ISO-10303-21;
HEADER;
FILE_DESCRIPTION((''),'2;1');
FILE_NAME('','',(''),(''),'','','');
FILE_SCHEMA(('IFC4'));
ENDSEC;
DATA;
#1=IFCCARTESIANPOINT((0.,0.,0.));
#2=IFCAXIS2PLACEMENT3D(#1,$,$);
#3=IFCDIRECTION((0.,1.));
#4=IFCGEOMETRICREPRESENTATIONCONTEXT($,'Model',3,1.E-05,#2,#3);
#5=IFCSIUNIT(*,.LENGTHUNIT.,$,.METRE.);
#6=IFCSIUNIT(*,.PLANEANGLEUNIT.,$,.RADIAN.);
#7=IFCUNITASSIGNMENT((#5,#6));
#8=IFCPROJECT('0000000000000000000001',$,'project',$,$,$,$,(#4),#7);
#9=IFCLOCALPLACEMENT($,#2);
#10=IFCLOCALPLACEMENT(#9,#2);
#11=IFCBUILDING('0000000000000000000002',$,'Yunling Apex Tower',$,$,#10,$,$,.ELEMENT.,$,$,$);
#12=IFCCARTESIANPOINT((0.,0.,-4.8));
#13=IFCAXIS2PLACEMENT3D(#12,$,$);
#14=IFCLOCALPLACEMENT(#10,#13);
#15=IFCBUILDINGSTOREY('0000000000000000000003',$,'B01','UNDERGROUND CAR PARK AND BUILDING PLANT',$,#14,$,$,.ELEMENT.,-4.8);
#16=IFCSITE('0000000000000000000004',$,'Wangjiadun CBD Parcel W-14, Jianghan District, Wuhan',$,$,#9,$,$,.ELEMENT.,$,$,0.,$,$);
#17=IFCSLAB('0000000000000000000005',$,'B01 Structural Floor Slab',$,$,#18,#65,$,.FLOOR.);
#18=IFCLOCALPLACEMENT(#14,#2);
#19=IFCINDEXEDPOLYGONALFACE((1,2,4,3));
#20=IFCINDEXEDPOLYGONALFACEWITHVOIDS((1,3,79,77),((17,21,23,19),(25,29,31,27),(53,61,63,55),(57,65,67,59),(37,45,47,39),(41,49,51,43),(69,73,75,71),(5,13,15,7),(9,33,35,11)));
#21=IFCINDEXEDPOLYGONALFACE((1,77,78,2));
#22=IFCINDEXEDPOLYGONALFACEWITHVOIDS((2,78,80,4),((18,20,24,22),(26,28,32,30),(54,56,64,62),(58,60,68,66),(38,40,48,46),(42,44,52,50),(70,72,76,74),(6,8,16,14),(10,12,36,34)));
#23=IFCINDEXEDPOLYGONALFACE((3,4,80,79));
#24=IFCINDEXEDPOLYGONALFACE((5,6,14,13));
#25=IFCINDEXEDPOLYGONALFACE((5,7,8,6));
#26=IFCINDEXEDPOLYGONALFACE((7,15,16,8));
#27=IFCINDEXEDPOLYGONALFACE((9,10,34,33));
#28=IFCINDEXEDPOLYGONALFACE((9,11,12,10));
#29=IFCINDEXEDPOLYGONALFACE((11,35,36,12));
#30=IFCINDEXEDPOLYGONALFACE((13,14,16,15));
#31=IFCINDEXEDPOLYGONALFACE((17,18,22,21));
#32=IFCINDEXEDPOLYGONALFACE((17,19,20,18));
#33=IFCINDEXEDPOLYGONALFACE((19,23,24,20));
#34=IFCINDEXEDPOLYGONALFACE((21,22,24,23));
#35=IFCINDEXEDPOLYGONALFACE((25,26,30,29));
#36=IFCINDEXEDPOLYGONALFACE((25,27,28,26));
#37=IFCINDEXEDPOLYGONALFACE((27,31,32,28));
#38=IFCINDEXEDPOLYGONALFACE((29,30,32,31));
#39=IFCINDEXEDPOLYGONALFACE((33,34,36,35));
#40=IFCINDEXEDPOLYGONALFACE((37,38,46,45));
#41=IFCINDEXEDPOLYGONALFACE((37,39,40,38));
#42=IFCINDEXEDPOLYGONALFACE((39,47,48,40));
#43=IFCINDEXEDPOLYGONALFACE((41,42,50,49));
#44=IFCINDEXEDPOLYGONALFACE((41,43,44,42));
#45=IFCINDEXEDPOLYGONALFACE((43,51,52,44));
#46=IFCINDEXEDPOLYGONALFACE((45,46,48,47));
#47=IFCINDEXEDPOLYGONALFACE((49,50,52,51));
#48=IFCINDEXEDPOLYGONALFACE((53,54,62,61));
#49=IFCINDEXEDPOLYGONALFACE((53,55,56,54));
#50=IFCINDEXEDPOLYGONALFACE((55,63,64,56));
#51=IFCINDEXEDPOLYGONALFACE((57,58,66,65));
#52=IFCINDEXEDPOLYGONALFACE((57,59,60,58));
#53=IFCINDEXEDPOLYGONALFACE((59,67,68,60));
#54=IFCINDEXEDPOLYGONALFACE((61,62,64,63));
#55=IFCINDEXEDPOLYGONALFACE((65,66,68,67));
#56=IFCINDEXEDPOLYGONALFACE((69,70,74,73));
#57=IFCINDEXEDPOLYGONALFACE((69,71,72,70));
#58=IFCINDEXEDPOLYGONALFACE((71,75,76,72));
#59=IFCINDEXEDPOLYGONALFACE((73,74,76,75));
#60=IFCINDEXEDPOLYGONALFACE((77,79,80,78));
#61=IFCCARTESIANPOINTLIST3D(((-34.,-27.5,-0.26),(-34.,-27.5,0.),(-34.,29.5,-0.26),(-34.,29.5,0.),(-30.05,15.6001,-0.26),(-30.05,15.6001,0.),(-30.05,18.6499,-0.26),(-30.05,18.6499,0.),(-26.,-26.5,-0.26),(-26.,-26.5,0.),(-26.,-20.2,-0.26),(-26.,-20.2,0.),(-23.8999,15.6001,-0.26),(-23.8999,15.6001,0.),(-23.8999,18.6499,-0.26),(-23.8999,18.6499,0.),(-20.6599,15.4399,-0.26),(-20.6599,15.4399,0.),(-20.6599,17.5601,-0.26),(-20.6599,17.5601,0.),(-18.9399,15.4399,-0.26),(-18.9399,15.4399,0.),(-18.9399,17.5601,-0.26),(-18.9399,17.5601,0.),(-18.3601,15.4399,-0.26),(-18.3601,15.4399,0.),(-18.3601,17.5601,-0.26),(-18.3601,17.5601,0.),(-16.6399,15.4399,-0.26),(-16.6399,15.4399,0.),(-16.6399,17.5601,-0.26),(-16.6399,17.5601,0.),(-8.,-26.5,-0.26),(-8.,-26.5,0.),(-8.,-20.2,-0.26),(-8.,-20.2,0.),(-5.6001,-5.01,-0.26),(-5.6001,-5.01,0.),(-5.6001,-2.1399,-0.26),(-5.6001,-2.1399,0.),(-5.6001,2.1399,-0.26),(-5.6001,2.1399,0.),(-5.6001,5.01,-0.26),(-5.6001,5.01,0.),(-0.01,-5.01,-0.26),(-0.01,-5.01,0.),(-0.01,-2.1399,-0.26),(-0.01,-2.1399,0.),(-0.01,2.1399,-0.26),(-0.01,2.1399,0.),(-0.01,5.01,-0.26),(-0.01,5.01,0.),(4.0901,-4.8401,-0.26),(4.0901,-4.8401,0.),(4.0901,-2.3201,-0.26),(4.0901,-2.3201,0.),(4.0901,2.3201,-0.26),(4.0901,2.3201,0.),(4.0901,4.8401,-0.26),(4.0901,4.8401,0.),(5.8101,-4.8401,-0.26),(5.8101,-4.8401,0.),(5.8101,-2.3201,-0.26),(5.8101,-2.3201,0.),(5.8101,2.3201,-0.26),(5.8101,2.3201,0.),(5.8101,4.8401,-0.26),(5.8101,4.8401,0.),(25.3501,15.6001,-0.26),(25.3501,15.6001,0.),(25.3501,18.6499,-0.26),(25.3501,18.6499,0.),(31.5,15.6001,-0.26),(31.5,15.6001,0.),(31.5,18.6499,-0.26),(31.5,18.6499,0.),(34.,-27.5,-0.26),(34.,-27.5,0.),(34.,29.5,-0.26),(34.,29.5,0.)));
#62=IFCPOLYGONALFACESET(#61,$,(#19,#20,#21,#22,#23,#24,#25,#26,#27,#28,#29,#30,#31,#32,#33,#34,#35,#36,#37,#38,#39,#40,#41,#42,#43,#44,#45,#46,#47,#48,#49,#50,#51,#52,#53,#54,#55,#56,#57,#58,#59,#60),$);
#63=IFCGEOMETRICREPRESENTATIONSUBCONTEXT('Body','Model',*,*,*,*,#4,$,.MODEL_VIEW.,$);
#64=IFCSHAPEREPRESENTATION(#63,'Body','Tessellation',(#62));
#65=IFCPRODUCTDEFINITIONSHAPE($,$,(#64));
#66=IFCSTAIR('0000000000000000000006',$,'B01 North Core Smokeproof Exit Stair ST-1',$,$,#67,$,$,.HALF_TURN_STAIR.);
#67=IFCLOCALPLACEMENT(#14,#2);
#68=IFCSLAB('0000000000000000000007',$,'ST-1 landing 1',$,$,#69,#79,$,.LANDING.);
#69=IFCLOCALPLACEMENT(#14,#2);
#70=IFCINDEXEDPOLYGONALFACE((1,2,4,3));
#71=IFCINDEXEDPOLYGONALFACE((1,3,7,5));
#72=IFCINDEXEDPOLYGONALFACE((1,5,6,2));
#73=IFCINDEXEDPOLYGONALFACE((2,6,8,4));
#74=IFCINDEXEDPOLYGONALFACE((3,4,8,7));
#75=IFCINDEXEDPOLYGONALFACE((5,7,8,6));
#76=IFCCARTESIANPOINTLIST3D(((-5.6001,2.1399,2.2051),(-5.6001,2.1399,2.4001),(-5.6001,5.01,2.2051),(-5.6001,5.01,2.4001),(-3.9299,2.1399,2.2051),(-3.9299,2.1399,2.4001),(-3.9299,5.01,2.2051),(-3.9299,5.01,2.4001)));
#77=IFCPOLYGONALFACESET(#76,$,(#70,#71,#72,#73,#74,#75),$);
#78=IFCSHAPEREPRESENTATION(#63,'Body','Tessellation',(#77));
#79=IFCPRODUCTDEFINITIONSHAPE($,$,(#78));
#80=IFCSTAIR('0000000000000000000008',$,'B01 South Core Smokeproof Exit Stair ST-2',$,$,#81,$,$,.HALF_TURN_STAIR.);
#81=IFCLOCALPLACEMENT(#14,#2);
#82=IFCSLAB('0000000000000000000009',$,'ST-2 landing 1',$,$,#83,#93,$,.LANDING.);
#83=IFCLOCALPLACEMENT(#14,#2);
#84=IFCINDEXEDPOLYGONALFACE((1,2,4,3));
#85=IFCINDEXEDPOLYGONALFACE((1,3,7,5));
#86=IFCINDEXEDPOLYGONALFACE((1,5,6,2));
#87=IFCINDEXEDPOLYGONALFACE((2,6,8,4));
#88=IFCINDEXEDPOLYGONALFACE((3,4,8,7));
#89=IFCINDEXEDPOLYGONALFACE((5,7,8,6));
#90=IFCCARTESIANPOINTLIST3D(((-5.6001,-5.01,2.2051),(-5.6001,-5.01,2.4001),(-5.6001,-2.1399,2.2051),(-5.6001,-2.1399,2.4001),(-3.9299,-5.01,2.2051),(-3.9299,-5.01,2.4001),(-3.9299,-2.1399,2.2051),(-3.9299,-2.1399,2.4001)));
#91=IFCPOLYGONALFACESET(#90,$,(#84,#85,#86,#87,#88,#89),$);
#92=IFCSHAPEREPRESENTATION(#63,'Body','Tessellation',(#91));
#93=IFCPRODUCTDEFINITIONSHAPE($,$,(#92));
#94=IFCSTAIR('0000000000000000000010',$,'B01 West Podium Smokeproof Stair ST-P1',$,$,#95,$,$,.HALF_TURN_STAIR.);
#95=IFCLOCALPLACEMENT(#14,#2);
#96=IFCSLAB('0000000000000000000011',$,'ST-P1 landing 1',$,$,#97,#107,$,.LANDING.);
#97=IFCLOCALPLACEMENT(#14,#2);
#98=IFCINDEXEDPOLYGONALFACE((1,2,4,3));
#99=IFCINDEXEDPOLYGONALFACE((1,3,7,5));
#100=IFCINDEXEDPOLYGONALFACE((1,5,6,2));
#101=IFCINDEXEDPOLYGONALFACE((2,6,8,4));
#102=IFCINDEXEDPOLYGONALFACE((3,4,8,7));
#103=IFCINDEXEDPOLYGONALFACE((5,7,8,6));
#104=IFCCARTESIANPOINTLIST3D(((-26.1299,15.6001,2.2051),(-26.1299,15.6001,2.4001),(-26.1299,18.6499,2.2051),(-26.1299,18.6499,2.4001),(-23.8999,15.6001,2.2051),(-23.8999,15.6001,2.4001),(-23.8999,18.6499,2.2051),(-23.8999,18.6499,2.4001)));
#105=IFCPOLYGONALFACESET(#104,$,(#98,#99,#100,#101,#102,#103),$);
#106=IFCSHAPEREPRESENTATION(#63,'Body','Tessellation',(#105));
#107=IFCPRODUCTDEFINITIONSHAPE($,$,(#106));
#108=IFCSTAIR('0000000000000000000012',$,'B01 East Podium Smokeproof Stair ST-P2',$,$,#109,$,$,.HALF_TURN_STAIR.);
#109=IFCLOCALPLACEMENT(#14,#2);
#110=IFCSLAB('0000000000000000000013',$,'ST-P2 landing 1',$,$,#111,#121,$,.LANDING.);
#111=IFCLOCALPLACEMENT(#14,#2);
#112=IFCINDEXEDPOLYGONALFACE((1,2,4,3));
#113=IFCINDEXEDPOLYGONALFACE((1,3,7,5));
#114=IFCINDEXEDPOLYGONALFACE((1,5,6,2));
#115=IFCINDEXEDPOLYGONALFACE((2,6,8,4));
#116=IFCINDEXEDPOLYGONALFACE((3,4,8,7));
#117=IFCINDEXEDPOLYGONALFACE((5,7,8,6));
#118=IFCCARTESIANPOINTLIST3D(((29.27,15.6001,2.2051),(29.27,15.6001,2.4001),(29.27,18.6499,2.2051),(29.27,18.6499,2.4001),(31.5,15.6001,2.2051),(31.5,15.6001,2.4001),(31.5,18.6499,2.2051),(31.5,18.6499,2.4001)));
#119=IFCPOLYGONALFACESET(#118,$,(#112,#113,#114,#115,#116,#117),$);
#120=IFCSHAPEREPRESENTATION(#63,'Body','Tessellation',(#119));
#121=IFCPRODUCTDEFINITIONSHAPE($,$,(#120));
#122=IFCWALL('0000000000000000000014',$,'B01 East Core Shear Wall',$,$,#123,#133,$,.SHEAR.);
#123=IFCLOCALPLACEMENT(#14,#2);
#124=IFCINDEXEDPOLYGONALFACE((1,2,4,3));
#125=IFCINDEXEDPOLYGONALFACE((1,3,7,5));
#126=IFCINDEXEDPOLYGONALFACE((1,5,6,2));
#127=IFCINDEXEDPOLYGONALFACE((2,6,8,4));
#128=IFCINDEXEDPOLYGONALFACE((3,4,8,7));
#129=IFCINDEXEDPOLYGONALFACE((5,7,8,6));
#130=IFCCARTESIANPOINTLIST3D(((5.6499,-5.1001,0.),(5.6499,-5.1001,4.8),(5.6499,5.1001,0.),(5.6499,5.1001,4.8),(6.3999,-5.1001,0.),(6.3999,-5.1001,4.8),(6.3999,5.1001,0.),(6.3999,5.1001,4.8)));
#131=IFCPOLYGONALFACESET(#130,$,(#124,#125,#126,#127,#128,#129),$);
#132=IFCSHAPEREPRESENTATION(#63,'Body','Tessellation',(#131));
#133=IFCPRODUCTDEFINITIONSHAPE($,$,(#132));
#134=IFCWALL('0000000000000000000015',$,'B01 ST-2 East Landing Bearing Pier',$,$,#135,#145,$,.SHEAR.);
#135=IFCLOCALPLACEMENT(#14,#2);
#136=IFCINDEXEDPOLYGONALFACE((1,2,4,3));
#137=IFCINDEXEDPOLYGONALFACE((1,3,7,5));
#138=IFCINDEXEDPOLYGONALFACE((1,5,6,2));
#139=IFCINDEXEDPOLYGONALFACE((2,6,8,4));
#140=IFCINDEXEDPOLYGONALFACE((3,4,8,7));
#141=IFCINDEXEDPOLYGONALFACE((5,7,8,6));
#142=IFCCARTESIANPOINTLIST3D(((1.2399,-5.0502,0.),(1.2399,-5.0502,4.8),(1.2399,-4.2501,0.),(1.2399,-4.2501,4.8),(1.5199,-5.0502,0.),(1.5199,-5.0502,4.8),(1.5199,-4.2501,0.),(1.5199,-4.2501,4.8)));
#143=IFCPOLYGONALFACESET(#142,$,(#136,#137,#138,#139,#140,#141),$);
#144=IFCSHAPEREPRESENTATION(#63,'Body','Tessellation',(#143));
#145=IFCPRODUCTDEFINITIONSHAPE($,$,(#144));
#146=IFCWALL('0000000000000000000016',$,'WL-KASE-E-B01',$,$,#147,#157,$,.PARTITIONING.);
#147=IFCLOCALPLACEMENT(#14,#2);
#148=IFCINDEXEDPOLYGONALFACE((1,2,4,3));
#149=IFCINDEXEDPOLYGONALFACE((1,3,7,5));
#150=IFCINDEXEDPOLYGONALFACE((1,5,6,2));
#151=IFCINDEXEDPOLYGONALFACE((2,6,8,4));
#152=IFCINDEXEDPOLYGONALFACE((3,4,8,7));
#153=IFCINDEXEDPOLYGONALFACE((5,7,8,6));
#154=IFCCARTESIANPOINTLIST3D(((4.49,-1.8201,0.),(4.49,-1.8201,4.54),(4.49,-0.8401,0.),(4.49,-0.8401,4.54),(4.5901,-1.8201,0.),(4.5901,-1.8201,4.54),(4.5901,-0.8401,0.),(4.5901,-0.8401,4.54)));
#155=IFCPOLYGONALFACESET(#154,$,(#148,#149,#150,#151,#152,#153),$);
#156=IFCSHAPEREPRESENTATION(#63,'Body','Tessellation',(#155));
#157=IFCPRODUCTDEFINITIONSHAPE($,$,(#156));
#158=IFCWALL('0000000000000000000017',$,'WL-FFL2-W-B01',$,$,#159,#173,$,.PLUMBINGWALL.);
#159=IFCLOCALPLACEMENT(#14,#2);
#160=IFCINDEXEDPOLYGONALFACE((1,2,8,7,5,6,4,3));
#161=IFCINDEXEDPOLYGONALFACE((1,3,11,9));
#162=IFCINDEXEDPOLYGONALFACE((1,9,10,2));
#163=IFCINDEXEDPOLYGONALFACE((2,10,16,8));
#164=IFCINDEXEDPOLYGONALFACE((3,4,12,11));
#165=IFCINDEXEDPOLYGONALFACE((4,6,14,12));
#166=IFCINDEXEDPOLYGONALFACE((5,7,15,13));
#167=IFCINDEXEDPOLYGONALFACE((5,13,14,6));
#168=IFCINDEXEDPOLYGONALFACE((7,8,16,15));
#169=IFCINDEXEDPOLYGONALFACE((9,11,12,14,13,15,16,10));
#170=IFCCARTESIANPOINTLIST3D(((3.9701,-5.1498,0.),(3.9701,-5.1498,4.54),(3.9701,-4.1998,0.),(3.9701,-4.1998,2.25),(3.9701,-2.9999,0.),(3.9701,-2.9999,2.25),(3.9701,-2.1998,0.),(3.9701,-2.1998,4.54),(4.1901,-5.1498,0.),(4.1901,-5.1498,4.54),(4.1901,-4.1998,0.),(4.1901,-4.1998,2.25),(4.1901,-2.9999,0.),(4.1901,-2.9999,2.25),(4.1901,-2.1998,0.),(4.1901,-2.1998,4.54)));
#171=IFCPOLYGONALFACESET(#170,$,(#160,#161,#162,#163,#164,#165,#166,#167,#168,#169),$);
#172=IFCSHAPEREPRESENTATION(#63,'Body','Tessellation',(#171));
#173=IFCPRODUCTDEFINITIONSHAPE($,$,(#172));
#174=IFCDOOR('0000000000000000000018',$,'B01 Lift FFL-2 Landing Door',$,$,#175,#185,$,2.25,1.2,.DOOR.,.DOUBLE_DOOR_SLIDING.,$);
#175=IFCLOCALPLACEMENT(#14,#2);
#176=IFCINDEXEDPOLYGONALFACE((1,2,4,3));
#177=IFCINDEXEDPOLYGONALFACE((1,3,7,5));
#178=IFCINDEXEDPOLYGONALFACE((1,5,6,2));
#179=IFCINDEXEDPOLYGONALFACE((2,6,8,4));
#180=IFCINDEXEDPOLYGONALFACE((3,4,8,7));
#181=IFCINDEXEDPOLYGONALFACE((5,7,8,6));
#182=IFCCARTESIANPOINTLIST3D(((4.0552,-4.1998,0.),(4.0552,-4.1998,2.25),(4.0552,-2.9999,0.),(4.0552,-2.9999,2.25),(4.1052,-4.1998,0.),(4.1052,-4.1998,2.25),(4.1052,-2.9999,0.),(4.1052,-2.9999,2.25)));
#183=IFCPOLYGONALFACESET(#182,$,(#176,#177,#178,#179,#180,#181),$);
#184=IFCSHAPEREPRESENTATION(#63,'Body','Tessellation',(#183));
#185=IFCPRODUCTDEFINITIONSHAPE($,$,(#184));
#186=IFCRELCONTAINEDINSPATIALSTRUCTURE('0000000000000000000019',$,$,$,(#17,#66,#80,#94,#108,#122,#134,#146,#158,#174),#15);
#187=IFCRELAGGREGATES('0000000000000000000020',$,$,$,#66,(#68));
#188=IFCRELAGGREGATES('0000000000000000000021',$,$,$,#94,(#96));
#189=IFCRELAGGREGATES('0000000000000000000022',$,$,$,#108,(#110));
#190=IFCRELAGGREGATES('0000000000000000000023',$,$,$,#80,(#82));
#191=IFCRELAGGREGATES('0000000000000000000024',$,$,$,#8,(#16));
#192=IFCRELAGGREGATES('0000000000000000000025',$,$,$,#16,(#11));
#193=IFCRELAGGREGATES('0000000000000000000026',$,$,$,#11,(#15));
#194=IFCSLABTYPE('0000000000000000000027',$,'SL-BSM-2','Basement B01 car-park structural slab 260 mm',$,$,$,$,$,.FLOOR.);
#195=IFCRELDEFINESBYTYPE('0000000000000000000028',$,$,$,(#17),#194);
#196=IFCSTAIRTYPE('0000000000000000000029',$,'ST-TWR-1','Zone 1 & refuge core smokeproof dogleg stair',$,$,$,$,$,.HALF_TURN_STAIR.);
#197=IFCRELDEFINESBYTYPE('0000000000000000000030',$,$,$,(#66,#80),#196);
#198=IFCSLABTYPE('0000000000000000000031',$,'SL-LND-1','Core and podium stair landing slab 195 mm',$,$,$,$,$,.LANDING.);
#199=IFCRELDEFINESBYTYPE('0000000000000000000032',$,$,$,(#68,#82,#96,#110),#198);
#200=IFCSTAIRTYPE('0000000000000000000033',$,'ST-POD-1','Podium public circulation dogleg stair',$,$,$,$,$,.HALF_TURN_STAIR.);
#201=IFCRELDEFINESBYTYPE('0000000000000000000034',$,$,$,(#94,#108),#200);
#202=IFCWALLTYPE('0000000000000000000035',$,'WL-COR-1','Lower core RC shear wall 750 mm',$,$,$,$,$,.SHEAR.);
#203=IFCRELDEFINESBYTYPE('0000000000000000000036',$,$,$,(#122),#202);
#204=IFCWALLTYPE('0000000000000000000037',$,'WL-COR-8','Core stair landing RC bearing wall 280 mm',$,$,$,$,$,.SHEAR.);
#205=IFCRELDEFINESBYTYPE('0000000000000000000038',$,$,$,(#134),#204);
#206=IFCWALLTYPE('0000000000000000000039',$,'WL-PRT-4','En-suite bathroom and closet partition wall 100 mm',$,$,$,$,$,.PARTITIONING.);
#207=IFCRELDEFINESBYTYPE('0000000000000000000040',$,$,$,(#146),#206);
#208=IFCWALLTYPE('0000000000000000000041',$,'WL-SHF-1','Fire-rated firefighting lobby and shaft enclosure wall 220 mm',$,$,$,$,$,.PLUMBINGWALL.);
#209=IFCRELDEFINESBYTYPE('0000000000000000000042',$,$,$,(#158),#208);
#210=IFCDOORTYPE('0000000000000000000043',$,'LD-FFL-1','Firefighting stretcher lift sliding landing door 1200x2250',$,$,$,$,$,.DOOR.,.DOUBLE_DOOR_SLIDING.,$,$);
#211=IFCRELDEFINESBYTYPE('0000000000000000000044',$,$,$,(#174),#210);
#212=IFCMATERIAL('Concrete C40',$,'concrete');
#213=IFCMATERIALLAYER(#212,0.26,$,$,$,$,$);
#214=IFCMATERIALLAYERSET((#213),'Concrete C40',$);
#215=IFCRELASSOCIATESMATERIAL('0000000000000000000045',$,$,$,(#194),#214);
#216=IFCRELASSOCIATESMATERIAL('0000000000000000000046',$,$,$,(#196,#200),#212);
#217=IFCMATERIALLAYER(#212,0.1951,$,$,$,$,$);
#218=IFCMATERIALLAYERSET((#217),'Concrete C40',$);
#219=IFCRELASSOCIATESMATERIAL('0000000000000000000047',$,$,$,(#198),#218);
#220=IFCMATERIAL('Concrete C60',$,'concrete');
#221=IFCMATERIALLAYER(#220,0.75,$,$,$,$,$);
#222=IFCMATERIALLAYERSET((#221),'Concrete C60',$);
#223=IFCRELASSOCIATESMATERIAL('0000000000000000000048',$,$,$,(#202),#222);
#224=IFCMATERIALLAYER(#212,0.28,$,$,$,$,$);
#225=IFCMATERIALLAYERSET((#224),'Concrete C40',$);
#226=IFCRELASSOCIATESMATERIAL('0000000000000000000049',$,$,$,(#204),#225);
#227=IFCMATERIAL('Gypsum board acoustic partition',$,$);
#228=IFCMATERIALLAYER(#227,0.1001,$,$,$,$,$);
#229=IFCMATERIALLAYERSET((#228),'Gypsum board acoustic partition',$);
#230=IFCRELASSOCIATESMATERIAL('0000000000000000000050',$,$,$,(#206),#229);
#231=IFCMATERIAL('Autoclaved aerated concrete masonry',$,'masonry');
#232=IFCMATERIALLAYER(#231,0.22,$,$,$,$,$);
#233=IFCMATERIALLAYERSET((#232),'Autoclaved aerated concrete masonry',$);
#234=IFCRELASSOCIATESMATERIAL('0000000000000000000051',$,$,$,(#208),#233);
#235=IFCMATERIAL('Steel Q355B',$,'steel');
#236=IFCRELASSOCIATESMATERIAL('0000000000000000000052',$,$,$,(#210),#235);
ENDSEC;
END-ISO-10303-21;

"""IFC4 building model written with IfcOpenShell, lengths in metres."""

from ifc_helpers import new_model, si_unit, direction, frame, frame_2d, origin, place, context, subcontext, project, spatial, polyline, rectangle, outline, extrude, material, layer, layer_set, type_object, element, fill, aggregate, save


model = new_model("IFC4")

# Units and contexts
model_context = context("Model", 3, precision=1e-05, world=origin(), true_north=direction((0.0, 1.0)))
body_context = subcontext(model_context, "Body", "Model", "MODEL_VIEW")
ifc_project = project(units=[si_unit("LENGTHUNIT", "METRE"), si_unit("PLANEANGLEUNIT", "RADIAN")], contexts=[model_context])

# Site, building, storey
site_placement = place(None, origin())
site = spatial("IfcSite", under=ifc_project, at=site_placement, Name="Wangjiadun CBD Parcel W-14, Jianghan District, Wuhan", CompositionType="ELEMENT", RefElevation=0.0)
building_placement = place(site_placement, origin())
building = spatial("IfcBuilding", under=site, at=building_placement, Name="Yunling Apex Tower", CompositionType="ELEMENT")
storey_placement = place(building_placement, frame((0.0, 0.0, -4.8)))
storey = spatial("IfcBuildingStorey", under=building, at=storey_placement, Name="B01", Description="UNDERGROUND CAR PARK AND BUILDING PLANT", CompositionType="ELEMENT", Elevation=-4.8)

# Shared definitions
ifc_material_1 = material(Name="Concrete C60", Category="concrete")

# Shared definitions
ifc_material_2 = material(Name="Steel Q355B", Category="steel")

# Slab
ifc_material_3 = material(Name="Concrete C40", Category="concrete")
ifc_layer_1 = layer(ifc_material_3, 0.26)
ifc_layer_set_1 = layer_set([ifc_layer_1], Name="Concrete C40")
slab_type_1 = type_object("IfcSlabType", Name="SL-BSM-2", Description="Basement B01 car-park structural slab 260 mm", PredefinedType="FLOOR", material=ifc_layer_set_1)
slab_1_placement = place(storey_placement, frame((0.0, 0.0, -0.26)))
element("IfcSlab", 1, at=slab_1_placement, inside=storey, type_object=slab_type_1, Name="B01 Structural Floor Slab", PredefinedType="FLOOR", context=body_context, shape_type="SweptSolid", body=[
    extrude(outline(polyline([(-34.0, -27.5), (34.0, -27.5), (34.0, 29.5), (-34.0, 29.5), (-34.0, -27.5)]), holes=[polyline([(31.5, 18.6499), (31.5, 15.6001), (25.3501, 15.6001), (25.3501, 18.6499), (31.5, 18.6499)]), polyline([(4.0901, -2.3201), (5.8101, -2.3201), (5.8101, -4.8401), (4.0901, -4.8401), (4.0901, -2.3201)]), polyline([(4.0901, 4.8401), (5.8101, 4.8401), (5.8101, 2.3201), (4.0901, 2.3201), (4.0901, 4.8401)]), polyline([(-0.01, -5.01), (-5.6001, -5.01), (-5.6001, -2.1399), (-0.01, -2.1399), (-0.01, -5.01)]), polyline([(-0.01, 2.1399), (-5.6001, 2.1399), (-5.6001, 5.01), (-0.01, 5.01), (-0.01, 2.1399)]), polyline([(-26.0, -20.2), (-8.0, -20.2), (-8.0, -26.5), (-26.0, -26.5), (-26.0, -20.2)]), polyline([(-18.3601, 17.5601), (-16.6399, 17.5601), (-16.6399, 15.4399), (-18.3601, 15.4399), (-18.3601, 17.5601)]), polyline([(-20.6599, 17.5601), (-18.9399, 17.5601), (-18.9399, 15.4399), (-20.6599, 15.4399), (-20.6599, 17.5601)]), polyline([(-23.8999, 18.6499), (-23.8999, 15.6001), (-30.05, 15.6001), (-30.05, 18.6499), (-23.8999, 18.6499)])]), origin(), (0.0, 0.0, 1.0), 0.26),
])

# Stairs, slabs
stair_type_1 = type_object("IfcStairType", Name="ST-TWR-1", Description="Zone 1 & refuge core smokeproof dogleg stair", PredefinedType="HALF_TURN_STAIR", material=ifc_material_3)
stair_1_placement = place(storey_placement, origin())
stair_1 = element("IfcStair", 2, at=stair_1_placement, inside=storey, type_object=stair_type_1, Name="B01 North Core Smokeproof Exit Stair ST-1", PredefinedType="HALF_TURN_STAIR")
ifc_layer_2 = layer(ifc_material_3, 0.1951)
ifc_layer_set_2 = layer_set([ifc_layer_2], Name="Concrete C40")
slab_type_2 = type_object("IfcSlabType", Name="SL-LND-1", Description="Core and podium stair landing slab 195 mm", PredefinedType="LANDING", material=ifc_layer_set_2)
slab_2_placement = place(storey_placement, frame((0.0, 0.0, 2.2051)))
slab_2 = element("IfcSlab", 3, at=slab_2_placement, type_object=slab_type_2, Name="ST-1 landing 1", PredefinedType="LANDING", context=body_context, shape_type="SweptSolid", body=[
    extrude(outline(polyline([(-3.9299, 5.01), (-5.6001, 5.01), (-5.6001, 2.1399), (-3.9299, 2.1399), (-3.9299, 5.01)])), origin(), (0.0, 0.0, 1.0), 0.1951),
])
aggregate(stair_1, [slab_2])
stair_2_placement = place(storey_placement, origin())
stair_2 = element("IfcStair", 4, at=stair_2_placement, inside=storey, type_object=stair_type_1, Name="B01 South Core Smokeproof Exit Stair ST-2", PredefinedType="HALF_TURN_STAIR")
slab_3_placement = place(storey_placement, frame((0.0, 0.0, 2.2051)))
slab_3 = element("IfcSlab", 5, at=slab_3_placement, type_object=slab_type_2, Name="ST-2 landing 1", PredefinedType="LANDING", context=body_context, shape_type="SweptSolid", body=[
    extrude(outline(polyline([(-3.9299, -2.1399), (-5.6001, -2.1399), (-5.6001, -5.01), (-3.9299, -5.01), (-3.9299, -2.1399)])), origin(), (0.0, 0.0, 1.0), 0.1951),
])
stair_type_2 = type_object("IfcStairType", Name="ST-POD-1", Description="Podium public circulation dogleg stair", PredefinedType="HALF_TURN_STAIR", material=ifc_material_3)
stair_3_placement = place(storey_placement, origin())
stair_3 = element("IfcStair", 6, at=stair_3_placement, inside=storey, type_object=stair_type_2, Name="B01 West Podium Smokeproof Stair ST-P1", PredefinedType="HALF_TURN_STAIR")
slab_4_placement = place(storey_placement, frame((0.0, 0.0, 2.2051)))
slab_4 = element("IfcSlab", 7, at=slab_4_placement, type_object=slab_type_2, Name="ST-P1 landing 1", PredefinedType="LANDING", context=body_context, shape_type="SweptSolid", body=[
    extrude(outline(polyline([(-26.1299, 15.6001), (-23.8999, 15.6001), (-23.8999, 18.6499), (-26.1299, 18.6499), (-26.1299, 15.6001)])), origin(), (0.0, 0.0, 1.0), 0.1951),
])
aggregate(stair_3, [slab_4])
stair_4_placement = place(storey_placement, origin())
stair_4 = element("IfcStair", 8, at=stair_4_placement, inside=storey, type_object=stair_type_2, Name="B01 East Podium Smokeproof Stair ST-P2", PredefinedType="HALF_TURN_STAIR")
slab_5_placement = place(storey_placement, frame((0.0, 0.0, 2.2051)))
slab_5 = element("IfcSlab", 9, at=slab_5_placement, type_object=slab_type_2, Name="ST-P2 landing 1", PredefinedType="LANDING", context=body_context, shape_type="SweptSolid", body=[
    extrude(outline(polyline([(29.27, 15.6001), (31.5, 15.6001), (31.5, 18.6499), (29.27, 18.6499), (29.27, 15.6001)])), origin(), (0.0, 0.0, 1.0), 0.1951),
])
aggregate(stair_4, [slab_5])

# Walls
ifc_layer_3 = layer(ifc_material_1, 0.75)
ifc_layer_set_3 = layer_set([ifc_layer_3], Name="Concrete C60")
wall_type_1 = type_object("IfcWallType", Name="WL-COR-1", Description="Lower core RC shear wall 750 mm", PredefinedType="SHEAR", material=ifc_layer_set_3)
wall_1_placement = place(storey_placement, frame((6.0249, -5.1001, 0.0), z_axis=(0.0, 0.0, 1.0), x_axis=(0.0, 1.0, 0.0)))
element("IfcWall", 10, at=wall_1_placement, inside=storey, type_object=wall_type_1, Name="B01 East Core Shear Wall", PredefinedType="SHEAR", context=body_context, shape_type="SweptSolid", body=[
    extrude(rectangle(XDim=10.2002, YDim=0.75, at=frame_2d((5.1001, 0.0))), origin(), (0.0, 0.0, 1.0), 4.8),
])
ifc_layer_4 = layer(ifc_material_3, 0.28)
ifc_layer_set_4 = layer_set([ifc_layer_4], Name="Concrete C40")
wall_type_2 = type_object("IfcWallType", Name="WL-COR-8", Description="Core stair landing RC bearing wall 280 mm", PredefinedType="SHEAR", material=ifc_layer_set_4)
wall_2_placement = place(storey_placement, frame((1.3799, -5.05, 0.0), z_axis=(0.0, 0.0, 1.0), x_axis=(0.0, 1.0, 0.0)))
element("IfcWall", 11, at=wall_2_placement, inside=storey, type_object=wall_type_2, Name="B01 ST-2 East Landing Bearing Pier", PredefinedType="SHEAR", context=body_context, shape_type="SweptSolid", body=[
    extrude(rectangle(XDim=0.8, YDim=0.28, at=frame_2d((0.3999, 0.0))), origin(), (0.0, 0.0, 1.0), 4.8),
])
ifc_material_4 = material(Name="Gypsum board acoustic partition")
ifc_layer_5 = layer(ifc_material_4, 0.1001)
ifc_layer_set_5 = layer_set([ifc_layer_5], Name="Gypsum board acoustic partition")
wall_type_3 = type_object("IfcWallType", Name="WL-PRT-4", Description="En-suite bathroom and closet partition wall 100 mm", PredefinedType="PARTITIONING", material=ifc_layer_set_5)
wall_3_placement = place(storey_placement, frame((4.54, -1.8201, 0.0), z_axis=(0.0, 0.0, 1.0), x_axis=(0.0, 1.0, 0.0)))
element("IfcWall", 12, at=wall_3_placement, inside=storey, type_object=wall_type_3, Name="WL-KASE-E-B01", PredefinedType="PARTITIONING", context=body_context, shape_type="SweptSolid", body=[
    extrude(rectangle(XDim=0.98, YDim=0.1001, at=frame_2d((0.49, 0.0))), origin(), (0.0, 0.0, 1.0), 4.54),
])

# Wall, opening, door
ifc_material_5 = material(Name="Autoclaved aerated concrete masonry", Category="masonry")
ifc_layer_6 = layer(ifc_material_5, 0.22)
ifc_layer_set_6 = layer_set([ifc_layer_6], Name="Autoclaved aerated concrete masonry")
wall_type_4 = type_object("IfcWallType", Name="WL-SHF-1", Description="Fire-rated firefighting lobby and shaft enclosure wall 220 mm", PredefinedType="PLUMBINGWALL", material=ifc_layer_set_6)
wall_4_placement = place(storey_placement, frame((4.0801, -5.1499, 0.0), z_axis=(0.0, 0.0, 1.0), x_axis=(0.0, 1.0, 0.0)))
wall_4 = element("IfcWall", 13, at=wall_4_placement, inside=storey, type_object=wall_type_4, Name="WL-FFL2-W-B01", PredefinedType="PLUMBINGWALL", context=body_context, shape_type="SweptSolid", body=[
    extrude(rectangle(XDim=2.95, YDim=0.22, at=frame_2d((1.4751, 0.0))), origin(), (0.0, 0.0, 1.0), 4.54),
])
opening_1_placement = place(wall_4_placement, frame((0.95, 0.0, 0.0)))
opening_1 = element("IfcOpeningElement", 14, at=opening_1_placement, cuts=wall_4, PredefinedType="OPENING", context=body_context, shape_type="SweptSolid", body=[
    extrude(rectangle(XDim=1.2, YDim=2.25, at=frame_2d((0.6001, 1.125))), frame((0.0, 0.1201, 0.0), z_axis=(0.0, -1.0, 0.0), x_axis=(1.0, 0.0, 0.0)), (0.0, 0.0, 1.0), 0.24),
])
door_type_1 = type_object("IfcDoorType", Name="LD-FFL-1", Description="Firefighting stretcher lift sliding landing door 1200x2250", OperationType="DOUBLE_DOOR_SLIDING", PredefinedType="DOOR", material=ifc_material_2)
door_1_placement = place(opening_1_placement, origin())
door_1 = element("IfcDoor", 15, at=door_1_placement, inside=storey, type_object=door_type_1, Name="B01 Lift FFL-2 Landing Door", OperationType="DOUBLE_DOOR_SLIDING", OverallHeight=2.25, OverallWidth=1.2, PredefinedType="DOOR", context=body_context, shape_type="SweptSolid", body=[
    extrude(rectangle(XDim=1.2, YDim=2.25, at=frame_2d((0.6001, 1.125))), frame((0.0, 0.0249, 0.0), z_axis=(0.0, -1.0, 0.0), x_axis=(1.0, 0.0, 0.0)), (0.0, 0.0, 1.0), 0.05),
])
fill(opening_1, door_1)

aggregate(stair_2, [slab_3])

save(model, "model.ifc")
